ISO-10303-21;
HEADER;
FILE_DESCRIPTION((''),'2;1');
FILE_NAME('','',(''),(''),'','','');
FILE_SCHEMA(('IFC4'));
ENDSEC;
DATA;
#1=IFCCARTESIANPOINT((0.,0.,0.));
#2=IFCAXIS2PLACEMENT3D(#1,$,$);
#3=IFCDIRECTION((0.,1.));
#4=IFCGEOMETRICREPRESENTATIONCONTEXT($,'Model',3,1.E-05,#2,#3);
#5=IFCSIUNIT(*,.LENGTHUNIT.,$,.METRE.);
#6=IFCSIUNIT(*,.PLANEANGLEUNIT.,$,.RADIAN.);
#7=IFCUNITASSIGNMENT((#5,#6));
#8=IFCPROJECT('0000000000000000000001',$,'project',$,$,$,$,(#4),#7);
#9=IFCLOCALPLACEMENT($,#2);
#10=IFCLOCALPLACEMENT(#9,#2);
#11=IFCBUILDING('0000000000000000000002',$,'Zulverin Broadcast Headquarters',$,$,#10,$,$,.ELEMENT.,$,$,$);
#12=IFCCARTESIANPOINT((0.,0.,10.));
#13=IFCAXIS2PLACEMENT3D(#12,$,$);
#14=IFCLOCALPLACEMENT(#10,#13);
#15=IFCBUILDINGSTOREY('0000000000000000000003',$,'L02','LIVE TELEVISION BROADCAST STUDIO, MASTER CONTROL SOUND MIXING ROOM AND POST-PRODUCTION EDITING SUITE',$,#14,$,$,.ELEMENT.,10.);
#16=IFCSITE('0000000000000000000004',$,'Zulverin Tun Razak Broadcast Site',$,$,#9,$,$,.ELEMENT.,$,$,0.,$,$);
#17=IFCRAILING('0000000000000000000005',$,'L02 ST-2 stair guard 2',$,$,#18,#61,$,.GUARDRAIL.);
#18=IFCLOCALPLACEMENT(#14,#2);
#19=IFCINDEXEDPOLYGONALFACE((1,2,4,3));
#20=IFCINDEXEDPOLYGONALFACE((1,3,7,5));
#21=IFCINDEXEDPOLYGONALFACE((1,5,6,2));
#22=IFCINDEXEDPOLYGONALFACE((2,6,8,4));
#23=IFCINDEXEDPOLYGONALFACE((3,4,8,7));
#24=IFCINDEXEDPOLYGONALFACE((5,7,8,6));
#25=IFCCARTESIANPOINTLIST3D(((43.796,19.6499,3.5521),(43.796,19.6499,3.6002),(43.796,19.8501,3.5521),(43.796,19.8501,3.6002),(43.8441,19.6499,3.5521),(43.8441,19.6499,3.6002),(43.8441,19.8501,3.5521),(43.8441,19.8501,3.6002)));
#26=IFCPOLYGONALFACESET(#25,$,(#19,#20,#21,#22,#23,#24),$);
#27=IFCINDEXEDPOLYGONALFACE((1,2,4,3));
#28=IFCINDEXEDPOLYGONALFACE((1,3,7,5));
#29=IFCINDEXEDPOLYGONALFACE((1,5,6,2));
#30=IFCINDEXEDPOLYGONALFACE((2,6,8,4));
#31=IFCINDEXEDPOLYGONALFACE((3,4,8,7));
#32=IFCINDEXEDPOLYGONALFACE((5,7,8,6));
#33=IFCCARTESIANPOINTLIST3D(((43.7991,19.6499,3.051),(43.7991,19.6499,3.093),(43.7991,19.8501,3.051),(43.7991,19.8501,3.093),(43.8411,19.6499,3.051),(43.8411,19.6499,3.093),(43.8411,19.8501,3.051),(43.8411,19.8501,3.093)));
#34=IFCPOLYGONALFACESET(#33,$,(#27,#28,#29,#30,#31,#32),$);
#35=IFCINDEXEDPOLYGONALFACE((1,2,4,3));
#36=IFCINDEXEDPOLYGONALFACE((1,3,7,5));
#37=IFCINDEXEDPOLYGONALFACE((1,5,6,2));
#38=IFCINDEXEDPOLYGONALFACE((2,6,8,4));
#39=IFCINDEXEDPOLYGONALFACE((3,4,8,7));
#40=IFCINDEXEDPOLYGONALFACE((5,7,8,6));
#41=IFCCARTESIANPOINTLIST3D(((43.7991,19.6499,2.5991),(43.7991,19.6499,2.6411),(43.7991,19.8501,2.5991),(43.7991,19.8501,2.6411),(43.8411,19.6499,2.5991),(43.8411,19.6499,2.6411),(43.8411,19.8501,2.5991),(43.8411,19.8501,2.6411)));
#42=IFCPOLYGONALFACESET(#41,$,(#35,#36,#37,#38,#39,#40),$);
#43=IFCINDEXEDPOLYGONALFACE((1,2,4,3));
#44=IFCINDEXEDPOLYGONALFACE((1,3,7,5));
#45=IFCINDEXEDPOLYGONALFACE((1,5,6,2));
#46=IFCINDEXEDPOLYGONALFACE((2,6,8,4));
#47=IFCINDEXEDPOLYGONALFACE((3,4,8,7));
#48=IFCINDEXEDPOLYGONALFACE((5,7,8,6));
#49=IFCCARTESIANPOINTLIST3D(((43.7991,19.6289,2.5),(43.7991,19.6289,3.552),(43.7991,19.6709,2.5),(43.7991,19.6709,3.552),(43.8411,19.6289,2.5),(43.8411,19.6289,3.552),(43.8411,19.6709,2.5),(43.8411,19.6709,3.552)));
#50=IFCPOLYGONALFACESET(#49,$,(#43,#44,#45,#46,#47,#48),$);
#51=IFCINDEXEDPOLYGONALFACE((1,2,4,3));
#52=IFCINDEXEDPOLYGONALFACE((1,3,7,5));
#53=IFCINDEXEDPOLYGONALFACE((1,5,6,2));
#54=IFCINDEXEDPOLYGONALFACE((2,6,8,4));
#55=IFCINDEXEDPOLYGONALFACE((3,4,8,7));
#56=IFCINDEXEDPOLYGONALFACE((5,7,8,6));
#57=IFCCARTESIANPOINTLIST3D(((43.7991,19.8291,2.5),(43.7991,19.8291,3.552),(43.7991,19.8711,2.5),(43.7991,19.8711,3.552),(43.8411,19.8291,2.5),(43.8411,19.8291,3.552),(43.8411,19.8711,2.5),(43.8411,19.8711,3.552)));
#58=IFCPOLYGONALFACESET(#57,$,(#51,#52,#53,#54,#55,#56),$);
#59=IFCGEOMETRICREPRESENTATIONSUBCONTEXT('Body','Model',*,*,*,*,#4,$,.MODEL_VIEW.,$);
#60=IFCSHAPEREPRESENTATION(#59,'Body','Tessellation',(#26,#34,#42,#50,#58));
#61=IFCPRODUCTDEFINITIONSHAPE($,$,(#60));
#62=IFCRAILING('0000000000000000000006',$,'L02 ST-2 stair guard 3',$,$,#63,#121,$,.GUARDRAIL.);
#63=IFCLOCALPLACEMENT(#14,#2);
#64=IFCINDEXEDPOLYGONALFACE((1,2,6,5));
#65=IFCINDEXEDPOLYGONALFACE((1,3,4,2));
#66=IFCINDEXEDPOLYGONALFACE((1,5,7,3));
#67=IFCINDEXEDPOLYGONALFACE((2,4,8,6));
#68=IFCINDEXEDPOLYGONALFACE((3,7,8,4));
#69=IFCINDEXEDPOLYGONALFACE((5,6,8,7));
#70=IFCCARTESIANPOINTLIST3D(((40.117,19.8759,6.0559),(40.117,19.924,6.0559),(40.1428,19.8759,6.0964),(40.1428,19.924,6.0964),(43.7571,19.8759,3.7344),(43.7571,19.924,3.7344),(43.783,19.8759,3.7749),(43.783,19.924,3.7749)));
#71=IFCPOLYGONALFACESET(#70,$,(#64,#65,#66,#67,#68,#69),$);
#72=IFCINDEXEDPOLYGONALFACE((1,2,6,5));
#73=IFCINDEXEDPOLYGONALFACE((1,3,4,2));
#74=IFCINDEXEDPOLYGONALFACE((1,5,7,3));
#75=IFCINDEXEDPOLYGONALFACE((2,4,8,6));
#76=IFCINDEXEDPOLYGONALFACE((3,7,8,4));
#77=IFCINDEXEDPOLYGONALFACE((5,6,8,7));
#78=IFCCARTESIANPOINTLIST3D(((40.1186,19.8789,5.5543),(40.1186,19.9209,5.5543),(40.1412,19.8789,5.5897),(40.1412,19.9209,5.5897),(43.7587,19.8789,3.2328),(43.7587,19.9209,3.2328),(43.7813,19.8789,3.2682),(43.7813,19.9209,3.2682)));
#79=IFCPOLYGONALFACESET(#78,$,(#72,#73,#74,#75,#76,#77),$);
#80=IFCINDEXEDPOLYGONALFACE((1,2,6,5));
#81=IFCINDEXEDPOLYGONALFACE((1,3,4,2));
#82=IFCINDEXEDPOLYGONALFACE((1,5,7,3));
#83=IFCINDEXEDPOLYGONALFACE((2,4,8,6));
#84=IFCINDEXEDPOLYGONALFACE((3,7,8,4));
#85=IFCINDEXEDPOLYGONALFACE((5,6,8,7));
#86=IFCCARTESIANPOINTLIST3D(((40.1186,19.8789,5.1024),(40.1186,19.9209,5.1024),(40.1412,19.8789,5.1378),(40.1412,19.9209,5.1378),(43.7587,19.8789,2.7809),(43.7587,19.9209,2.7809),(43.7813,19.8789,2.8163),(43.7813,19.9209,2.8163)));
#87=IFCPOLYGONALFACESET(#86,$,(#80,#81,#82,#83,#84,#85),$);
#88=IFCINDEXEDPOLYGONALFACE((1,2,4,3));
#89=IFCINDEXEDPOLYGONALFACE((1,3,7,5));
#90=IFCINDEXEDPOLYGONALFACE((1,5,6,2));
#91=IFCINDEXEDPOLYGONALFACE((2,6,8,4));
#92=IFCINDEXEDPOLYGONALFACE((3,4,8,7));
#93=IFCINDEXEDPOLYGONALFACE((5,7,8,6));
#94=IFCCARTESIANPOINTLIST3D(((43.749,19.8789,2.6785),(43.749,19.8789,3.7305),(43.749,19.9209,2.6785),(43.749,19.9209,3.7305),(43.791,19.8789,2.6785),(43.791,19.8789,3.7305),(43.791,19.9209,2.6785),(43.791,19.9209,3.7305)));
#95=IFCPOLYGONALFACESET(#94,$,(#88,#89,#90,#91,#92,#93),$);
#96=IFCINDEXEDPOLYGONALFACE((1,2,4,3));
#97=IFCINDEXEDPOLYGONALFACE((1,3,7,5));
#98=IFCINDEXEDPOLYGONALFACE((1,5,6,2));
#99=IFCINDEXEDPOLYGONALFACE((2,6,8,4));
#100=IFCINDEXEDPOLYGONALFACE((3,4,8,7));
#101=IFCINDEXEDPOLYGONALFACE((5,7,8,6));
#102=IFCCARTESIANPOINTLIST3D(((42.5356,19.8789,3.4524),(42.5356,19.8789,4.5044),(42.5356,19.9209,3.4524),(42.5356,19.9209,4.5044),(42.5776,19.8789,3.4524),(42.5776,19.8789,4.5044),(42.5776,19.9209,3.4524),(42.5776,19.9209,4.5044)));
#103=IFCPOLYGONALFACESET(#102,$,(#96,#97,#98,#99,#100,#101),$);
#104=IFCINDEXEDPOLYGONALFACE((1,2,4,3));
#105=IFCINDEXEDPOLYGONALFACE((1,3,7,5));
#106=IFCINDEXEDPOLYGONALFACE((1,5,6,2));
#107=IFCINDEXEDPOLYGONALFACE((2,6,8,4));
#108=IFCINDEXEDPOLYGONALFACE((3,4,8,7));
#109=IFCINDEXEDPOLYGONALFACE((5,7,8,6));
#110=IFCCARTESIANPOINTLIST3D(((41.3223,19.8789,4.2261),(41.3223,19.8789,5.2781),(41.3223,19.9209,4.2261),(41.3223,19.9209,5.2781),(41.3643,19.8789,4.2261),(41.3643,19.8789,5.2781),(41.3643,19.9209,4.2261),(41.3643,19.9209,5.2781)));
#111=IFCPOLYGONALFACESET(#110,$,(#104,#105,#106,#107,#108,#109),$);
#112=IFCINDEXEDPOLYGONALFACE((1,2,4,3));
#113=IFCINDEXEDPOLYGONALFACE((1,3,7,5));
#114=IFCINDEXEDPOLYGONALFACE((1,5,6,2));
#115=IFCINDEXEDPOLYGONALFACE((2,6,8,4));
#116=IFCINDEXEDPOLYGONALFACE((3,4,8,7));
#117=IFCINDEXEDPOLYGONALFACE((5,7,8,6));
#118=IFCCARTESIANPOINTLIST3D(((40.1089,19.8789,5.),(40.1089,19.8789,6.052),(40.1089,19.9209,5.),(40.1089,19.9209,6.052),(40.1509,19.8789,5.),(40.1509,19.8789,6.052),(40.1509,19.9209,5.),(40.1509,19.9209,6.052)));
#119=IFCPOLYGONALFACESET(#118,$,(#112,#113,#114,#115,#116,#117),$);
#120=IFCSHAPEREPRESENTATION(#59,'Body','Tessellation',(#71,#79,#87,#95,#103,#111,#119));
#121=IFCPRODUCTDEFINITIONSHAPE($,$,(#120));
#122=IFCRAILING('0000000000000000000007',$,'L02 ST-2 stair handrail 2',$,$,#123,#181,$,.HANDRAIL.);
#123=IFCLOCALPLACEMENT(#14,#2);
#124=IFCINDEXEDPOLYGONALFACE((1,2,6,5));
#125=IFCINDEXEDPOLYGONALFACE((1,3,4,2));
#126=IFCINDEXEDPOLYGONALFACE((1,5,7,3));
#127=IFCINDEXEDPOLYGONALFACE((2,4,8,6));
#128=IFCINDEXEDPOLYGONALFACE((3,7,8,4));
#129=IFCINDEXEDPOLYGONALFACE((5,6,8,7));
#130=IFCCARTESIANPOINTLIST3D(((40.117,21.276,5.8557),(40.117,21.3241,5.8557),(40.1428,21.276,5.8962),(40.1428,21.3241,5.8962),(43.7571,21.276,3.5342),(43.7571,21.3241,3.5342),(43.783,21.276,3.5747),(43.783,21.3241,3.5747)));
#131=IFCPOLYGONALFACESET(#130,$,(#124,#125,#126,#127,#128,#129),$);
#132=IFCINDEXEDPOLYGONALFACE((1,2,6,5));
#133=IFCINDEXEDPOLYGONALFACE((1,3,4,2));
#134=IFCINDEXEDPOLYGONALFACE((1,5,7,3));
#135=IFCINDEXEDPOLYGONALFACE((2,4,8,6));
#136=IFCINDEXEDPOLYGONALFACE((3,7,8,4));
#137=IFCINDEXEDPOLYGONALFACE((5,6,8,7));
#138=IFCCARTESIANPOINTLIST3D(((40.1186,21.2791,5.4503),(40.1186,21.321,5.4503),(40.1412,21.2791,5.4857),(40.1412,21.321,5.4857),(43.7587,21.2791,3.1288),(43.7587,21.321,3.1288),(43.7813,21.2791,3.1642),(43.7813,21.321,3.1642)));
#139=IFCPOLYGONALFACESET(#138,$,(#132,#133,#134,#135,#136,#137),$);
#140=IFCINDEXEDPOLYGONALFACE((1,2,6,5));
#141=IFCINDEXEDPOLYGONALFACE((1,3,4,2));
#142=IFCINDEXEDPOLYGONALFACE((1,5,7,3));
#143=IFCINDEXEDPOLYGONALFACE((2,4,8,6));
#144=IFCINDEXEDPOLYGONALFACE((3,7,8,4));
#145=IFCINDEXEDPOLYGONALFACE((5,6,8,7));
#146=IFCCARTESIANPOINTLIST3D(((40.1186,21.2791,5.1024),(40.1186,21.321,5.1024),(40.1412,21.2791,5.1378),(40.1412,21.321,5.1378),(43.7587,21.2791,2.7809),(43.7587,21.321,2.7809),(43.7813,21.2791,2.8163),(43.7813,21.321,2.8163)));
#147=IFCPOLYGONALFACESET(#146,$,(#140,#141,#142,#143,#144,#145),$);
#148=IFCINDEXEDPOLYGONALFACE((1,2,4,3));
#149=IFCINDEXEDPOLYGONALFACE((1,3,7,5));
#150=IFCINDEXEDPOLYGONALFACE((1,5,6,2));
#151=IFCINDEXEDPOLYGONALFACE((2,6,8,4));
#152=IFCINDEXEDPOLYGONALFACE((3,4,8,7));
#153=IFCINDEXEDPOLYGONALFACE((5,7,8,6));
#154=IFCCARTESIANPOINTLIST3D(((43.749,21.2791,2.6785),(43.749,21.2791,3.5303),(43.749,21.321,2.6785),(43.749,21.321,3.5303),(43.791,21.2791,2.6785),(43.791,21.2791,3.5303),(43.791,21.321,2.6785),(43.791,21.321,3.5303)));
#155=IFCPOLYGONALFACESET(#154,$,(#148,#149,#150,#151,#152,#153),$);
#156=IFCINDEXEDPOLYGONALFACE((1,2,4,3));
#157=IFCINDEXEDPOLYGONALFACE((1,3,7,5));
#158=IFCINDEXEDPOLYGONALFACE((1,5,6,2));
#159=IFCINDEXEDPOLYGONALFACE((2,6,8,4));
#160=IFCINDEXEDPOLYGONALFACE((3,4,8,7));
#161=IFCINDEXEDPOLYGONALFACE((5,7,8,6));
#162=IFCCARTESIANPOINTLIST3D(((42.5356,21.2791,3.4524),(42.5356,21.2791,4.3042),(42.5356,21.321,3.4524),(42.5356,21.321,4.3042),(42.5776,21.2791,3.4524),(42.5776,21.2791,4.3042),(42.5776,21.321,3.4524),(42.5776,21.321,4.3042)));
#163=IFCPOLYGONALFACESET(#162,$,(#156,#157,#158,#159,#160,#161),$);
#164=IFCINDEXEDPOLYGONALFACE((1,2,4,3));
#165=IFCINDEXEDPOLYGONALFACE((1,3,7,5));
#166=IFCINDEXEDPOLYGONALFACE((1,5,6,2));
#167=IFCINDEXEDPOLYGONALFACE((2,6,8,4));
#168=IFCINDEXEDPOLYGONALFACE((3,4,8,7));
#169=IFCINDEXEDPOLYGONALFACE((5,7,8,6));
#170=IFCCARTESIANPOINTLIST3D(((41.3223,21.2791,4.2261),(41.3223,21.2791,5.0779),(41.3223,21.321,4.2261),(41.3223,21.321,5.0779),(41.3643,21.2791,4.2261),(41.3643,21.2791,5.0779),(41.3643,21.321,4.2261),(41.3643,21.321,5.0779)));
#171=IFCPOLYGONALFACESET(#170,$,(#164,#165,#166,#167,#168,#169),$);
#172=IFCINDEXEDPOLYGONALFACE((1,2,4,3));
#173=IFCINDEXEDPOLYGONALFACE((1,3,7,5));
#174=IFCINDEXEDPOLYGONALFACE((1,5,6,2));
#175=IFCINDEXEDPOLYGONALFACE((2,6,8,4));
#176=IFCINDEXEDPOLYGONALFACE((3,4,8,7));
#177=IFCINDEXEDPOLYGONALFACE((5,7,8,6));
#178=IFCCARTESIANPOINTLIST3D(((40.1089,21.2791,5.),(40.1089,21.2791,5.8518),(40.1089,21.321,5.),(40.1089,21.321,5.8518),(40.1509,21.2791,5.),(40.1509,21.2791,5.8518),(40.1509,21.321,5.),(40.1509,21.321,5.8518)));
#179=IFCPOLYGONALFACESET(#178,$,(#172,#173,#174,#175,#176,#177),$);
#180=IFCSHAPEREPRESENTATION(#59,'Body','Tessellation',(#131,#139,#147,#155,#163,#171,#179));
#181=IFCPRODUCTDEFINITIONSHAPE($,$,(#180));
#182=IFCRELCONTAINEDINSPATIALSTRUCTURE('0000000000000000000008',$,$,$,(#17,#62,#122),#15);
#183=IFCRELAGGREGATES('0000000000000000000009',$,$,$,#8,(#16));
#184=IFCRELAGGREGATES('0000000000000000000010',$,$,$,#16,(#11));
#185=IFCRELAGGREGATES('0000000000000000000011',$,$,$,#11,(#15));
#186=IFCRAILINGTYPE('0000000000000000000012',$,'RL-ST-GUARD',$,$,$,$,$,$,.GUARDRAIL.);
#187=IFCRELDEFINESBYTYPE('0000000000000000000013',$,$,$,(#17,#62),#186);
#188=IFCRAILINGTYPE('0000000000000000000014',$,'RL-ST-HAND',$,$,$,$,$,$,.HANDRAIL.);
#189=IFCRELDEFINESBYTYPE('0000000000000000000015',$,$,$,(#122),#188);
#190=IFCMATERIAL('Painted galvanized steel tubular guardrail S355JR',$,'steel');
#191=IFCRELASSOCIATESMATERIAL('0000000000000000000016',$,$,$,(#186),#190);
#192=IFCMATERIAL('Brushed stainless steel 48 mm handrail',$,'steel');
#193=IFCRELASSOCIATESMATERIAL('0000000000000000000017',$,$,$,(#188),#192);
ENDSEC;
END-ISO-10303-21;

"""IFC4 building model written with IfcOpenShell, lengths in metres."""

from ifc_helpers import new_model, si_unit, direction, frame, origin, origin_2d, place, context, subcontext, project, spatial, rectangle, extrude, material, type_object, element, save


model = new_model("IFC4")

# Units and contexts
model_context = context("Model", 3, precision=1e-05, world=origin(), true_north=direction((0.0, 1.0)))
body_context = subcontext(model_context, "Body", "Model", "MODEL_VIEW")
ifc_project = project(units=[si_unit("LENGTHUNIT", "METRE"), si_unit("PLANEANGLEUNIT", "RADIAN")], contexts=[model_context])

# Site, building, storey
site_placement = place(None, origin())
site = spatial("IfcSite", under=ifc_project, at=site_placement, Name="Zulverin Tun Razak Broadcast Site", CompositionType="ELEMENT", RefElevation=0.0)
building_placement = place(site_placement, origin())
building = spatial("IfcBuilding", under=site, at=building_placement, Name="Zulverin Broadcast Headquarters", CompositionType="ELEMENT")
storey_placement = place(building_placement, frame((0.0, 0.0, 10.0)))
storey = spatial("IfcBuildingStorey", under=building, at=storey_placement, Name="L02", Description="LIVE TELEVISION BROADCAST STUDIO, MASTER CONTROL SOUND MIXING ROOM AND POST-PRODUCTION EDITING SUITE", CompositionType="ELEMENT", Elevation=10.0)

# Railings
ifc_material_1 = material(Name="Painted galvanized steel tubular guardrail S355JR", Category="steel")
railing_type_1 = type_object("IfcRailingType", Name="RL-ST-GUARD", PredefinedType="GUARDRAIL", material=ifc_material_1)
railing_1_placement = place(storey_placement, frame((43.8201, 19.6499, 2.5)))
element("IfcRailing", 1, at=railing_1_placement, inside=storey, type_object=railing_type_1, Name="L02 ST-2 stair guard 2", PredefinedType="GUARDRAIL", context=body_context, shape_type="SweptSolid", body=[
    extrude(rectangle(XDim=0.0481, YDim=0.0481, at=origin_2d()), frame((0.0, 0.0, 1.0762), z_axis=(0.0, 1.0, 0.0), x_axis=(-1.0, 0.0, 0.0)), (0.0, 0.0, 1.0), 0.2002),
    extrude(rectangle(XDim=0.042, YDim=0.042, at=origin_2d()), frame((0.0, 0.0, 0.572), z_axis=(0.0, 1.0, 0.0), x_axis=(-1.0, 0.0, 0.0)), (0.0, 0.0, 1.0), 0.2002),
    extrude(rectangle(XDim=0.042, YDim=0.042, at=origin_2d()), frame((0.0, 0.0, 0.1201), z_axis=(0.0, 1.0, 0.0), x_axis=(-1.0, 0.0, 0.0)), (0.0, 0.0, 1.0), 0.2002),
    extrude(rectangle(XDim=0.042, YDim=0.042, at=origin_2d()), origin(), (0.0, 0.0, 1.0), 1.052),
    extrude(rectangle(XDim=0.042, YDim=0.042, at=origin_2d()), frame((0.0, 0.2002, 0.0)), (0.0, 0.0, 1.0), 1.052),
])
railing_2_placement = place(storey_placement, frame((43.77, 19.8999, 2.6785)))
element("IfcRailing", 2, at=railing_2_placement, inside=storey, type_object=railing_type_1, Name="L02 ST-2 stair guard 3", PredefinedType="GUARDRAIL", context=body_context, shape_type="SweptSolid", body=[
    extrude(rectangle(XDim=0.0481, YDim=0.0481, at=origin_2d()), frame((0.0, 0.0, 1.0762), z_axis=(-0.843128, 0.0, 0.537713), x_axis=(0.0, -1.0, 0.0)), (0.0, 0.0, 1.0), 4.3174),
    extrude(rectangle(XDim=0.042, YDim=0.042, at=origin_2d()), frame((0.0, 0.0, 0.572), z_axis=(-0.843128, 0.0, 0.537713), x_axis=(0.0, -1.0, 0.0)), (0.0, 0.0, 1.0), 4.3174),
    extrude(rectangle(XDim=0.042, YDim=0.042, at=origin_2d()), frame((0.0, 0.0, 0.1201), z_axis=(-0.843128, 0.0, 0.537713), x_axis=(0.0, -1.0, 0.0)), (0.0, 0.0, 1.0), 4.3174),
    extrude(rectangle(XDim=0.042, YDim=0.042, at=origin_2d()), origin(), (0.0, 0.0, 1.0), 1.052),
    extrude(rectangle(XDim=0.042, YDim=0.042, at=origin_2d()), frame((-1.2134, 0.0, 0.7739)), (0.0, 0.0, 1.0), 1.052),
    extrude(rectangle(XDim=0.042, YDim=0.042, at=origin_2d()), frame((-2.4268, 0.0, 1.5476)), (0.0, 0.0, 1.0), 1.052),
    extrude(rectangle(XDim=0.042, YDim=0.042, at=origin_2d()), frame((-3.6401, 0.0, 2.3215)), (0.0, 0.0, 1.0), 1.052),
])
ifc_material_2 = material(Name="Brushed stainless steel 48 mm handrail", Category="steel")
railing_type_2 = type_object("IfcRailingType", Name="RL-ST-HAND", PredefinedType="HANDRAIL", material=ifc_material_2)
railing_3_placement = place(storey_placement, frame((43.77, 21.3, 2.6785)))
element("IfcRailing", 3, at=railing_3_placement, inside=storey, type_object=railing_type_2, Name="L02 ST-2 stair handrail 2", PredefinedType="HANDRAIL", context=body_context, shape_type="SweptSolid", body=[
    extrude(rectangle(XDim=0.0481, YDim=0.0481, at=origin_2d()), frame((0.0, 0.0, 0.876), z_axis=(-0.843128, 0.0, 0.537713), x_axis=(0.0, -1.0, 0.0)), (0.0, 0.0, 1.0), 4.3174),
    extrude(rectangle(XDim=0.042, YDim=0.042, at=origin_2d()), frame((0.0, 0.0, 0.468), z_axis=(-0.843128, 0.0, 0.537713), x_axis=(0.0, -1.0, 0.0)), (0.0, 0.0, 1.0), 4.3174),
    extrude(rectangle(XDim=0.042, YDim=0.042, at=origin_2d()), frame((0.0, 0.0, 0.1201), z_axis=(-0.843128, 0.0, 0.537713), x_axis=(0.0, -1.0, 0.0)), (0.0, 0.0, 1.0), 4.3174),
    extrude(rectangle(XDim=0.042, YDim=0.042, at=origin_2d()), origin(), (0.0, 0.0, 1.0), 0.8518),
    extrude(rectangle(XDim=0.042, YDim=0.042, at=origin_2d()), frame((-1.2134, 0.0, 0.7739)), (0.0, 0.0, 1.0), 0.8518),
    extrude(rectangle(XDim=0.042, YDim=0.042, at=origin_2d()), frame((-2.4268, 0.0, 1.5476)), (0.0, 0.0, 1.0), 0.8518),
    extrude(rectangle(XDim=0.042, YDim=0.042, at=origin_2d()), frame((-3.6401, 0.0, 2.3215)), (0.0, 0.0, 1.0), 0.8518),
])

save(model, "model.ifc")
